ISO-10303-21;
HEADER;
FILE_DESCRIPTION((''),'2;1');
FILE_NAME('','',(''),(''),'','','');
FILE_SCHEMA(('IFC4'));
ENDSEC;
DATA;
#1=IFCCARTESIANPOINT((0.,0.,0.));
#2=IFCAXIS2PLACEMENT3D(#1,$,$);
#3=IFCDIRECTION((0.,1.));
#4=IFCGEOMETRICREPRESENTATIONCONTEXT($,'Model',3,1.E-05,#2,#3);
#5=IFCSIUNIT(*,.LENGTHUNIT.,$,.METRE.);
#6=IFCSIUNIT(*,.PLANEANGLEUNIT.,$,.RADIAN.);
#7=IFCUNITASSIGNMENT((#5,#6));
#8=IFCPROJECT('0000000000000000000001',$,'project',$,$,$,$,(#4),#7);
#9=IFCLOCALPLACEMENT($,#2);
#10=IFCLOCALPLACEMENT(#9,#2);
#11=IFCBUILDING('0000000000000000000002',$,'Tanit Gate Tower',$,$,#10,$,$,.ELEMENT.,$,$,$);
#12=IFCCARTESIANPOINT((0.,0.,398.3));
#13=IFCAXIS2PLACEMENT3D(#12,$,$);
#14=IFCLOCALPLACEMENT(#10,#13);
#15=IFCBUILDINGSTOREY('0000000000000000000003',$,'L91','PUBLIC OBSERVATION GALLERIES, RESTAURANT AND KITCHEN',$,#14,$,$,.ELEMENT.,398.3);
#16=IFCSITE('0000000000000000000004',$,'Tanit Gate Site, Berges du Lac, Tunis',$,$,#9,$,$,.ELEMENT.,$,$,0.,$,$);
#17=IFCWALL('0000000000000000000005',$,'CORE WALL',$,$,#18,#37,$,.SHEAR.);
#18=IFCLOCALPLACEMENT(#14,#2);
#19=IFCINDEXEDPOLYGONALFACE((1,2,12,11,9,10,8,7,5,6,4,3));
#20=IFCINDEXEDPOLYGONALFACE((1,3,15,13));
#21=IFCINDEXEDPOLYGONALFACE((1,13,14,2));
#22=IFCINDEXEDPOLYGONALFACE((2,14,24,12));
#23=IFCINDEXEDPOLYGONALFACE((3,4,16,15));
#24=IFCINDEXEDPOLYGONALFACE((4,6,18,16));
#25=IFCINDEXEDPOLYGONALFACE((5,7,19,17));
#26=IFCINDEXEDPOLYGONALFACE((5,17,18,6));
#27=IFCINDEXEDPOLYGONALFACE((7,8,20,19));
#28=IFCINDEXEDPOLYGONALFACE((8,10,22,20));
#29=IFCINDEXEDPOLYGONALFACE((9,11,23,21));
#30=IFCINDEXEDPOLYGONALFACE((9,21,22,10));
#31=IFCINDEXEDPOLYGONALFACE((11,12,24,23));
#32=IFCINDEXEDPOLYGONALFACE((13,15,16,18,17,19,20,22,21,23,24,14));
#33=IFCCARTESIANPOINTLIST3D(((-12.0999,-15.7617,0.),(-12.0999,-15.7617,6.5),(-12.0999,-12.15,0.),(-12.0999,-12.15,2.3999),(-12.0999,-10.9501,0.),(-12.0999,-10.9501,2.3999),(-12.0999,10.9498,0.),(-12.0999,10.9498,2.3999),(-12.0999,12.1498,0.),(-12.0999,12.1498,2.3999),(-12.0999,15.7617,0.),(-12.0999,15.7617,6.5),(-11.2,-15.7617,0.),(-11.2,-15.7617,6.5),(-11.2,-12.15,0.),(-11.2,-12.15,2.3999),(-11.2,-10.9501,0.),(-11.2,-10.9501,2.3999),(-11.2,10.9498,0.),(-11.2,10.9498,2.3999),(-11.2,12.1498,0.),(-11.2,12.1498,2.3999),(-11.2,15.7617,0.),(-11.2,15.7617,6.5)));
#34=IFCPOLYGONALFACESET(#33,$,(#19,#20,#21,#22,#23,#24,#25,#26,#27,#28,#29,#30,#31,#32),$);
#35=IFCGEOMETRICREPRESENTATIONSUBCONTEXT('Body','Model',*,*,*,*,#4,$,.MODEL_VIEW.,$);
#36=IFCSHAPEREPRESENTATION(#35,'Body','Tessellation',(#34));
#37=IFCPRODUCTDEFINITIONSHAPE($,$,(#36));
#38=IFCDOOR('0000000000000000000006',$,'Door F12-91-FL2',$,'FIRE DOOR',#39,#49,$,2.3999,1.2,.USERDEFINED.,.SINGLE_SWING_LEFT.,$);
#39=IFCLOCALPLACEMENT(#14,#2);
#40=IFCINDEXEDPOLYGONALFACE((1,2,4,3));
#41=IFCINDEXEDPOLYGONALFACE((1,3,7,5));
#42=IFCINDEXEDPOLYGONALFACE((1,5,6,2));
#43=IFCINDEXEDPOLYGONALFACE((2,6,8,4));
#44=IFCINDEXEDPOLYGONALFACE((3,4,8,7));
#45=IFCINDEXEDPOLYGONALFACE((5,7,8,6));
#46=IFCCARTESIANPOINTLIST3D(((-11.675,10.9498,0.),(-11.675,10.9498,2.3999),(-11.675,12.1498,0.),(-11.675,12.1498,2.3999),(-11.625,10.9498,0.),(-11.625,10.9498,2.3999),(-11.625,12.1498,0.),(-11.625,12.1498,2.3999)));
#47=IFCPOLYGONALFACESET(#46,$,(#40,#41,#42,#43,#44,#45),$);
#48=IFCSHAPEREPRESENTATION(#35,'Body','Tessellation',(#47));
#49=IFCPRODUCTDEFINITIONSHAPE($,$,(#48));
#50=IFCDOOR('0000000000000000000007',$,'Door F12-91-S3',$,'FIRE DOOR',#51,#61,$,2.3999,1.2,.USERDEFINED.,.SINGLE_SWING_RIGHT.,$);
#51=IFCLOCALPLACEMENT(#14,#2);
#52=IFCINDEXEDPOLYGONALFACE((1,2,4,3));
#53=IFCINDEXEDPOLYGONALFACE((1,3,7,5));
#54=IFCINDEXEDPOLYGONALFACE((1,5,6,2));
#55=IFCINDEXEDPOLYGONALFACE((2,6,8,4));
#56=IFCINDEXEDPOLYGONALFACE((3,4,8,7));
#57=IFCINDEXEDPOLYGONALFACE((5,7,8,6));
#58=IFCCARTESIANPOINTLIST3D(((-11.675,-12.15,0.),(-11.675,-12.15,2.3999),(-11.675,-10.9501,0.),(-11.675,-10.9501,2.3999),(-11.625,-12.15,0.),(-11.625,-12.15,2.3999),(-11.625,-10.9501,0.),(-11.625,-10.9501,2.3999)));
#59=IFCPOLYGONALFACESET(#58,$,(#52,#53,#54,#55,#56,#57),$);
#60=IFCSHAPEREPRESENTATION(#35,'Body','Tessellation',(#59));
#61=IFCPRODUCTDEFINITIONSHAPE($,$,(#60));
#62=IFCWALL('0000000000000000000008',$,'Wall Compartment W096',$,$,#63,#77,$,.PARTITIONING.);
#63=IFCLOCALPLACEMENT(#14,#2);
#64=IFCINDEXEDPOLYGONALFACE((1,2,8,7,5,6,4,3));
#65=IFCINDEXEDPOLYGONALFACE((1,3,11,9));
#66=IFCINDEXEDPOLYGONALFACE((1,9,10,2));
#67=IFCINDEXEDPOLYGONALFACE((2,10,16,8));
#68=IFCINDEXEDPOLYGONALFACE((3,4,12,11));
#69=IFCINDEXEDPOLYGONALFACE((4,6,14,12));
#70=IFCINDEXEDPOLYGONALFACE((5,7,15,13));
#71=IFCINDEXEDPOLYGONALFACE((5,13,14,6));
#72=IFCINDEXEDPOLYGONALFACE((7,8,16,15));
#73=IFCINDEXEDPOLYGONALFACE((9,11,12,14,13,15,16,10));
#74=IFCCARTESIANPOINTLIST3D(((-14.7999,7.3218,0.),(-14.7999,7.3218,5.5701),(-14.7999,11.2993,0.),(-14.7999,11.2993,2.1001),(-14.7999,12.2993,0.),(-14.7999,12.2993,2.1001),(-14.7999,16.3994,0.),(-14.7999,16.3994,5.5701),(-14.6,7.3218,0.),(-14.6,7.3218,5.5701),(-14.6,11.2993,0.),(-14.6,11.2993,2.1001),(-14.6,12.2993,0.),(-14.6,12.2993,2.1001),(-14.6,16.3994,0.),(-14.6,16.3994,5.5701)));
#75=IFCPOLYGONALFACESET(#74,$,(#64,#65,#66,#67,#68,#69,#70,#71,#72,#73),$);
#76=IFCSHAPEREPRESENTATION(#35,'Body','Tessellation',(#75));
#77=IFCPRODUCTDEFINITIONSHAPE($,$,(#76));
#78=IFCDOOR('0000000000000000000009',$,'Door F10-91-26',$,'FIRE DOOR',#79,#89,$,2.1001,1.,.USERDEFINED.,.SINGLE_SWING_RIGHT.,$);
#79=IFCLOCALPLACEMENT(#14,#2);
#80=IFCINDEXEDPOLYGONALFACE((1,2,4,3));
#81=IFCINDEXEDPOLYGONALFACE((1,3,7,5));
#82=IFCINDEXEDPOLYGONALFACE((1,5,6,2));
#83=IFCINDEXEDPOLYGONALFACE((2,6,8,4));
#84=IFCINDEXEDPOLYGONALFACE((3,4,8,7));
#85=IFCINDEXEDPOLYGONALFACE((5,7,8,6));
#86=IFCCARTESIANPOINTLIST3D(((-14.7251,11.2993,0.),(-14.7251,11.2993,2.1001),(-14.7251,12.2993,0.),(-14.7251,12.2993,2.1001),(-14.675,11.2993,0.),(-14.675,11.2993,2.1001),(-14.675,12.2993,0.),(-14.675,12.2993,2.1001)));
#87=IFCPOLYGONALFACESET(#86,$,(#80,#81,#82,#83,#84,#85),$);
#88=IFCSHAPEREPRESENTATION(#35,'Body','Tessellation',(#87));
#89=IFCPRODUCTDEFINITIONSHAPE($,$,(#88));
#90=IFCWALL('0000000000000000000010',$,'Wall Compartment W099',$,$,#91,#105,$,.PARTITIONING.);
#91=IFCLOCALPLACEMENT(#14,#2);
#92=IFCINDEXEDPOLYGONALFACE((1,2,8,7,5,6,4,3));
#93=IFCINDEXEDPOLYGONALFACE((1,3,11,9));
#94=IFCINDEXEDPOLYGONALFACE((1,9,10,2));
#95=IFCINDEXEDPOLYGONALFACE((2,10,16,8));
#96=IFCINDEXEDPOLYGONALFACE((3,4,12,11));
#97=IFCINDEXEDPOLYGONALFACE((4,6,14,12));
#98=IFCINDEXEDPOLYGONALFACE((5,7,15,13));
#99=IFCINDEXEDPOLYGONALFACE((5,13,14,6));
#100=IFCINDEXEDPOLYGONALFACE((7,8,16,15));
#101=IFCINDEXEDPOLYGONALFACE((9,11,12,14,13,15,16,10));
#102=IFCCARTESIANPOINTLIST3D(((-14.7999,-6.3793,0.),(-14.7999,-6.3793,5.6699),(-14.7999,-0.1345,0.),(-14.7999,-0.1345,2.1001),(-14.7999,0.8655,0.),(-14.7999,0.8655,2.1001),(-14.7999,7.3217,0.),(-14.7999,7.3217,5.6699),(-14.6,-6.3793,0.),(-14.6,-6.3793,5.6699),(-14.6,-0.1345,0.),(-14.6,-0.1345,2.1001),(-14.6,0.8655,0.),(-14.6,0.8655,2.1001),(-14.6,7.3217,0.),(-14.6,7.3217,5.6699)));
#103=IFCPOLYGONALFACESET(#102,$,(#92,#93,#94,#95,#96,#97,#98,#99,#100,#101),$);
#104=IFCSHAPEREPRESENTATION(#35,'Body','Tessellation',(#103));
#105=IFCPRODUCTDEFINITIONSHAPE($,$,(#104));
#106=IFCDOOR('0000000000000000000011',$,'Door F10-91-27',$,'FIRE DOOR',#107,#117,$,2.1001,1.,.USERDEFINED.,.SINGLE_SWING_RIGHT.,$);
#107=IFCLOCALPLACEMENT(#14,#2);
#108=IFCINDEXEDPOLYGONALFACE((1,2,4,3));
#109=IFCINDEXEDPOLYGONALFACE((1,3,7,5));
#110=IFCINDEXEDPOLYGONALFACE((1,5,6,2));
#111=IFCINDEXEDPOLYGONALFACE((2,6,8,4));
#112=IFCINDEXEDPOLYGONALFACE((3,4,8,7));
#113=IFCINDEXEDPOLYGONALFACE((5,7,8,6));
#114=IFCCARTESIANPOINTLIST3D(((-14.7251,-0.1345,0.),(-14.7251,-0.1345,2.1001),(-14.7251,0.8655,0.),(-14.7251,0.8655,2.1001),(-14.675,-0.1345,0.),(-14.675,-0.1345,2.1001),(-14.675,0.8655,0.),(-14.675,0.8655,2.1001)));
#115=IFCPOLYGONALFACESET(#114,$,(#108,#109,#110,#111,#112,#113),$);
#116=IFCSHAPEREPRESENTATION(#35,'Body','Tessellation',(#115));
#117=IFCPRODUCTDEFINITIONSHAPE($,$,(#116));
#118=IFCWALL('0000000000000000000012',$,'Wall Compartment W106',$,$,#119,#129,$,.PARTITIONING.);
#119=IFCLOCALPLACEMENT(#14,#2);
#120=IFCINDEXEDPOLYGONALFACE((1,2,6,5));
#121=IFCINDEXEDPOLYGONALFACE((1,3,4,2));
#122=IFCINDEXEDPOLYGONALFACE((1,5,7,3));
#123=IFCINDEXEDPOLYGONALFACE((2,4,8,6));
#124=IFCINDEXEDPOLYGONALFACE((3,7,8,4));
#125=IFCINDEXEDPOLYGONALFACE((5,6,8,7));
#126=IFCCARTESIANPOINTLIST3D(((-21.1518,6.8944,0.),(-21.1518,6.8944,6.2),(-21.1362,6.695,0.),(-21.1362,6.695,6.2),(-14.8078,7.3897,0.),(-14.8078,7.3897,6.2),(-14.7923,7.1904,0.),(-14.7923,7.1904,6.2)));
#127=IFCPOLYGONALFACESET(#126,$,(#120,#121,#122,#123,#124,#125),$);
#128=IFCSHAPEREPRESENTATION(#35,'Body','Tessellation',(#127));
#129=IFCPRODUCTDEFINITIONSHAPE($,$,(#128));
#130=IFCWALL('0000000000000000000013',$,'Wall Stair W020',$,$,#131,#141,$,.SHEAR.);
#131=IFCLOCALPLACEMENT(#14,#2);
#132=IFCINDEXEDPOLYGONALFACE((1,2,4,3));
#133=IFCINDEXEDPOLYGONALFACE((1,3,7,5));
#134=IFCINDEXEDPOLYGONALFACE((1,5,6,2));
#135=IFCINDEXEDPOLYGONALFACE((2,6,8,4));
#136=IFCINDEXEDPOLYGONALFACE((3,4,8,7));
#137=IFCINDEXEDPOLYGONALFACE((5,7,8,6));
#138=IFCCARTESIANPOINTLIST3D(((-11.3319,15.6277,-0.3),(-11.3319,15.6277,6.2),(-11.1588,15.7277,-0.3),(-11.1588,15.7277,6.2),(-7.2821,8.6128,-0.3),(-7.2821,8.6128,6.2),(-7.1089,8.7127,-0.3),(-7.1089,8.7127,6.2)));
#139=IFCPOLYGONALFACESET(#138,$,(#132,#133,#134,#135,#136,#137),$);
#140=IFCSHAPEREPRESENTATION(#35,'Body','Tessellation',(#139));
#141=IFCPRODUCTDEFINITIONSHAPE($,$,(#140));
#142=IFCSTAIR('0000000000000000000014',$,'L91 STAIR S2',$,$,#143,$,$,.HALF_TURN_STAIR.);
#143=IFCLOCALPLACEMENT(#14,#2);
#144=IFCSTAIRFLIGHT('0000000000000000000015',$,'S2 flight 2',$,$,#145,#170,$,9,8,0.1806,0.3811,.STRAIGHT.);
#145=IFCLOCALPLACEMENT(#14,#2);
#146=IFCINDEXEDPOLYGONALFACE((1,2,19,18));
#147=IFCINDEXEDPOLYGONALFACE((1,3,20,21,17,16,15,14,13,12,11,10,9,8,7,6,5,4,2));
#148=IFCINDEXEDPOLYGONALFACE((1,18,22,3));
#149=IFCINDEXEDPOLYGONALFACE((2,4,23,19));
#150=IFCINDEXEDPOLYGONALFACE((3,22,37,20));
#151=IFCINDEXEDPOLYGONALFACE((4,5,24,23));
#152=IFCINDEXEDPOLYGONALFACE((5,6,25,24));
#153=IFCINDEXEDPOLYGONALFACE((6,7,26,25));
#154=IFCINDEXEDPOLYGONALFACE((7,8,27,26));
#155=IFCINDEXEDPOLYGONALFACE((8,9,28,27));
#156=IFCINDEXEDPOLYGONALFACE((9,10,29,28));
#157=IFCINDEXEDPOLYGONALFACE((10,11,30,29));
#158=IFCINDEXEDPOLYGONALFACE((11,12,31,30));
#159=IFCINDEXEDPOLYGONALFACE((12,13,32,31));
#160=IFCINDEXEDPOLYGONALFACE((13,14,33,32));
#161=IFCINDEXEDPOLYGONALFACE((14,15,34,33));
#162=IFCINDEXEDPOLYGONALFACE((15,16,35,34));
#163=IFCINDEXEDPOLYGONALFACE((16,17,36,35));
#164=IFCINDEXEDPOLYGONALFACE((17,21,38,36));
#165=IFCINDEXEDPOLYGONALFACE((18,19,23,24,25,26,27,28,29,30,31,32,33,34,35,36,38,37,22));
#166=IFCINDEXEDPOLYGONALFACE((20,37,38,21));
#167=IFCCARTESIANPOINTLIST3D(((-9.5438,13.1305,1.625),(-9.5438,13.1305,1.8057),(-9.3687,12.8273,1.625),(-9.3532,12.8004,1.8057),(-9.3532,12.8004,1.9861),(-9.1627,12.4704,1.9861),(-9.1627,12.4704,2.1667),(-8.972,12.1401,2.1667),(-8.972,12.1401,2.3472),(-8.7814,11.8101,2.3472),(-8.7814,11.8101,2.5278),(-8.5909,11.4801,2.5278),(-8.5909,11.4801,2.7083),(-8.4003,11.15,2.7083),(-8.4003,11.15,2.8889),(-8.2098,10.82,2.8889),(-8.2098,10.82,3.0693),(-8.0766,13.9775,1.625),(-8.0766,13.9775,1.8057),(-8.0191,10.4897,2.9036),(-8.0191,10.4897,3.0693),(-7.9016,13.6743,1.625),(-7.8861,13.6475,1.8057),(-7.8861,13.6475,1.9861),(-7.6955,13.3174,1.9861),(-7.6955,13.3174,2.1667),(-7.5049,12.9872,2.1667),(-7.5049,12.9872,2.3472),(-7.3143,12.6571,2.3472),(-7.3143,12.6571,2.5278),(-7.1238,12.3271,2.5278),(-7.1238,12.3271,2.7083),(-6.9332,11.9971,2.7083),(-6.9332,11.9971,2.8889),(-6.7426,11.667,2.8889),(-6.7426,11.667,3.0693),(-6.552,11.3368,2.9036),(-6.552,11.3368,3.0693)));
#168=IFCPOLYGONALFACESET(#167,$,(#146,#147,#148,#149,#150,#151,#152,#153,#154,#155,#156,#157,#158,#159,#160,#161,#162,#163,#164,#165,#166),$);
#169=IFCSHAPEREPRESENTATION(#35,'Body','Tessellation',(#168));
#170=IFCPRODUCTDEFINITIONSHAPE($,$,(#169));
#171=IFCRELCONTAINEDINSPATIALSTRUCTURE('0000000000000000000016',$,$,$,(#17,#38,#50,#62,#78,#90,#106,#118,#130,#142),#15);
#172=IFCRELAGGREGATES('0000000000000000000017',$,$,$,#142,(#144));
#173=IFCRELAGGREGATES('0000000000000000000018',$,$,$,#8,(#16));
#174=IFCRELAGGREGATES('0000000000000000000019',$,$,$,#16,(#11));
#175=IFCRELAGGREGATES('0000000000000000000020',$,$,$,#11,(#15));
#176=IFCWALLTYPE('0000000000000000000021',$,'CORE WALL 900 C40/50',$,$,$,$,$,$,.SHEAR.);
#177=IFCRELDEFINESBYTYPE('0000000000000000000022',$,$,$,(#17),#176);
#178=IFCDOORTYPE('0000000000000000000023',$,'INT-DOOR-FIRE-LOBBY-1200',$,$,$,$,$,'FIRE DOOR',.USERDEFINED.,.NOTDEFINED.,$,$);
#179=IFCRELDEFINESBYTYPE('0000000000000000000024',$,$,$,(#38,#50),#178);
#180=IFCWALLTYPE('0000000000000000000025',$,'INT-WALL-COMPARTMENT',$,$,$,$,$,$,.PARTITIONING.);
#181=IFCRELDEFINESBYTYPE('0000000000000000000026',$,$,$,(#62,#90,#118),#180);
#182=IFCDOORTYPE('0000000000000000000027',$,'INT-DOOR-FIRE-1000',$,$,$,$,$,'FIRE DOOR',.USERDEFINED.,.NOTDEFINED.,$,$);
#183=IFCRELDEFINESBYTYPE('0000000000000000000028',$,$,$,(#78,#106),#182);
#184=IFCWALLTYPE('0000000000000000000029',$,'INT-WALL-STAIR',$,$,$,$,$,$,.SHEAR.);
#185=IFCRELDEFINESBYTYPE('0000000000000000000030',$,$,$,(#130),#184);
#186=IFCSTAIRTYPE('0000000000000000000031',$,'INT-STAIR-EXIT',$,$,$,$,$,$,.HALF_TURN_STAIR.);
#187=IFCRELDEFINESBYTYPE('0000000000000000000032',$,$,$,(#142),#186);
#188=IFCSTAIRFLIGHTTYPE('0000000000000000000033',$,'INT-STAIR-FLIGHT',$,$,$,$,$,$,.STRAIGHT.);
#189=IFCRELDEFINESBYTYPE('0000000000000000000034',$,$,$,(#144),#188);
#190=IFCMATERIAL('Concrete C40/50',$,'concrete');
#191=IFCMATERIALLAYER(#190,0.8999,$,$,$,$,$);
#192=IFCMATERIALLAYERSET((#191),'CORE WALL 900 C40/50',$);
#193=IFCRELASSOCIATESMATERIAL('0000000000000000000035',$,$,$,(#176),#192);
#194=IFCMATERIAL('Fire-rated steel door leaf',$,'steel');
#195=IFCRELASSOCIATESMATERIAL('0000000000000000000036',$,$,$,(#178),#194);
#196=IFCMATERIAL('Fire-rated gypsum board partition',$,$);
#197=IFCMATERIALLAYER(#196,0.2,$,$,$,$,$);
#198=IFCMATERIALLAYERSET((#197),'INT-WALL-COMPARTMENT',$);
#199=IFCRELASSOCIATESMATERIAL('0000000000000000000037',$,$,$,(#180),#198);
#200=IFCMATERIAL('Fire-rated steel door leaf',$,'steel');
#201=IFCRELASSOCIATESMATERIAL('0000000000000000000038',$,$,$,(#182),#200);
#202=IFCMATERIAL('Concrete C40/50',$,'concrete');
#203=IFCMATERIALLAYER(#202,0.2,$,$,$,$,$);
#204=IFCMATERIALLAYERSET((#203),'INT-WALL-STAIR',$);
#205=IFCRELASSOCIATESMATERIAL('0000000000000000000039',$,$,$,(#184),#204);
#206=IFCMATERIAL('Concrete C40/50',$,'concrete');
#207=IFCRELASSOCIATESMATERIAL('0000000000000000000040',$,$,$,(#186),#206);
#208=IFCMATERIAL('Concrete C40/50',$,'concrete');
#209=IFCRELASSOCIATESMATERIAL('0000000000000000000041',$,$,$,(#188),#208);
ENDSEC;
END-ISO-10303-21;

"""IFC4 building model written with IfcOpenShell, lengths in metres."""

from ifc_helpers import new_model, si_unit, direction, frame, frame_2d, origin, place, context, subcontext, project, spatial, polyline, rectangle, outline, extrude, material, layer, layer_set, type_object, element, fill, aggregate, save


model = new_model("IFC4")

# Units and contexts
model_context = context("Model", 3, precision=1e-05, world=origin(), true_north=direction((0.0, 1.0)))
body_context = subcontext(model_context, "Body", "Model", "MODEL_VIEW")
ifc_project = project(units=[si_unit("LENGTHUNIT", "METRE"), si_unit("PLANEANGLEUNIT", "RADIAN")], contexts=[model_context])

# Site, building, storey
site_placement = place(None, origin())
site = spatial("IfcSite", under=ifc_project, at=site_placement, Name="Tanit Gate Site, Berges du Lac, Tunis", CompositionType="ELEMENT", RefElevation=0.0)
building_placement = place(site_placement, origin())
building = spatial("IfcBuilding", under=site, at=building_placement, Name="Tanit Gate Tower", CompositionType="ELEMENT")
storey_placement = place(building_placement, frame((0.0, 0.0, 398.3)))
storey = spatial("IfcBuildingStorey", under=building, at=storey_placement, Name="L91", Description="PUBLIC OBSERVATION GALLERIES, RESTAURANT AND KITCHEN", CompositionType="ELEMENT", Elevation=398.3)

# Wall, openings, doors
ifc_material_1 = material(Name="Concrete C40/50", Category="concrete")
ifc_layer_1 = layer(ifc_material_1, 0.8999)
ifc_layer_set_1 = layer_set([ifc_layer_1], Name="CORE WALL 900 C40/50")
wall_type_1 = type_object("IfcWallType", Name="CORE WALL 900 C40/50", PredefinedType="SHEAR", material=ifc_layer_set_1)
wall_1_placement = place(storey_placement, frame((-11.6499, 15.7617, 0.0), z_axis=(0.0, 0.0, 1.0), x_axis=(0.0, -1.0, 0.0)))
wall_1 = element("IfcWall", 1, at=wall_1_placement, inside=storey, type_object=wall_type_1, Name="CORE WALL", PredefinedType="SHEAR", context=body_context, shape_type="SweptSolid", body=[
    extrude(rectangle(XDim=31.5234, YDim=0.8999, at=frame_2d((15.7617, 0.0))), origin(), (0.0, 0.0, 1.0), 6.5),
])
opening_1_placement = place(wall_1_placement, frame((3.6118, 0.0, 0.0)))
opening_1 = element("IfcOpeningElement", 2, at=opening_1_placement, cuts=wall_1, PredefinedType="OPENING", context=body_context, shape_type="SweptSolid", body=[
    extrude(rectangle(XDim=1.2, YDim=2.3999, at=frame_2d((0.6001, 1.2))), frame((0.0, 0.46, 0.0), z_axis=(0.0, -1.0, 0.0), x_axis=(1.0, 0.0, 0.0)), (0.0, 0.0, 1.0), 0.9199),
])
opening_2_placement = place(wall_1_placement, frame((26.7117, 0.0, 0.0)))
opening_2 = element("IfcOpeningElement", 3, at=opening_2_placement, cuts=wall_1, PredefinedType="OPENING", context=body_context, shape_type="SweptSolid", body=[
    extrude(rectangle(XDim=1.2, YDim=2.3999, at=frame_2d((0.6001, 1.2))), frame((0.0, 0.46, 0.0), z_axis=(0.0, -1.0, 0.0), x_axis=(1.0, 0.0, 0.0)), (0.0, 0.0, 1.0), 0.9199),
])
ifc_material_2 = material(Name="Fire-rated steel door leaf", Category="steel")
door_type_1 = type_object("IfcDoorType", Name="INT-DOOR-FIRE-LOBBY-1200", ElementType="FIRE DOOR", OperationType="NOTDEFINED", PredefinedType="USERDEFINED", material=ifc_material_2)
door_1_placement = place(opening_1_placement, origin())
door_1 = element("IfcDoor", 4, at=door_1_placement, inside=storey, type_object=door_type_1, Name="Door F12-91-FL2", ObjectType="FIRE DOOR", OperationType="SINGLE_SWING_LEFT", OverallHeight=2.3999, OverallWidth=1.2, PredefinedType="USERDEFINED", context=body_context, shape_type="SweptSolid", body=[
    extrude(rectangle(XDim=1.2, YDim=2.3999, at=frame_2d((0.6001, 1.2))), frame((0.0, 0.0249, 0.0), z_axis=(0.0, -1.0, 0.0), x_axis=(1.0, 0.0, 0.0)), (0.0, 0.0, 1.0), 0.05),
])
fill(opening_1, door_1)
door_2_placement = place(opening_2_placement, origin())
door_2 = element("IfcDoor", 5, at=door_2_placement, inside=storey, type_object=door_type_1, Name="Door F12-91-S3", ObjectType="FIRE DOOR", OperationType="SINGLE_SWING_RIGHT", OverallHeight=2.3999, OverallWidth=1.2, PredefinedType="USERDEFINED", context=body_context, shape_type="SweptSolid", body=[
    extrude(rectangle(XDim=1.2, YDim=2.3999, at=frame_2d((0.6001, 1.2))), frame((0.0, 0.0249, 0.0), z_axis=(0.0, -1.0, 0.0), x_axis=(1.0, 0.0, 0.0)), (0.0, 0.0, 1.0), 0.05),
])
fill(opening_2, door_2)

# Walls, openings, doors
ifc_material_3 = material(Name="Fire-rated gypsum board partition")
ifc_layer_2 = layer(ifc_material_3, 0.2)
ifc_layer_set_2 = layer_set([ifc_layer_2], Name="INT-WALL-COMPARTMENT")
wall_type_2 = type_object("IfcWallType", Name="INT-WALL-COMPARTMENT", PredefinedType="PARTITIONING", material=ifc_layer_set_2)
wall_2_placement = place(storey_placement, frame((-14.7, 16.3994, 0.0), z_axis=(0.0, 0.0, 1.0), x_axis=(0.0, -1.0, 0.0)))
wall_2 = element("IfcWall", 6, at=wall_2_placement, inside=storey, type_object=wall_type_2, Name="Wall Compartment W096", PredefinedType="PARTITIONING", context=body_context, shape_type="SweptSolid", body=[
    extrude(rectangle(XDim=9.0776, YDim=0.2, at=frame_2d((4.5388, 0.0))), origin(), (0.0, 0.0, 1.0), 5.5701),
])
opening_3_placement = place(wall_2_placement, frame((4.1001, 0.0, 0.0)))
opening_3 = element("IfcOpeningElement", 7, at=opening_3_placement, cuts=wall_2, PredefinedType="OPENING", context=body_context, shape_type="SweptSolid", body=[
    extrude(rectangle(XDim=1.0, YDim=2.1001, at=frame_2d((0.5, 1.05))), frame((0.0, 0.1099, 0.0), z_axis=(0.0, -1.0, 0.0), x_axis=(1.0, 0.0, 0.0)), (0.0, 0.0, 1.0), 0.22),
])
ifc_material_4 = material(Name="Fire-rated steel door leaf", Category="steel")
door_type_2 = type_object("IfcDoorType", Name="INT-DOOR-FIRE-1000", ElementType="FIRE DOOR", OperationType="NOTDEFINED", PredefinedType="USERDEFINED", material=ifc_material_4)
door_3_placement = place(opening_3_placement, origin())
door_3 = element("IfcDoor", 8, at=door_3_placement, inside=storey, type_object=door_type_2, Name="Door F10-91-26", ObjectType="FIRE DOOR", OperationType="SINGLE_SWING_RIGHT", OverallHeight=2.1001, OverallWidth=1.0, PredefinedType="USERDEFINED", context=body_context, shape_type="SweptSolid", body=[
    extrude(rectangle(XDim=1.0, YDim=2.1001, at=frame_2d((0.5, 1.05))), frame((0.0, 0.0249, 0.0), z_axis=(0.0, -1.0, 0.0), x_axis=(1.0, 0.0, 0.0)), (0.0, 0.0, 1.0), 0.05),
])
fill(opening_3, door_3)
wall_3_placement = place(storey_placement, frame((-14.7, 7.3218, 0.0), z_axis=(0.0, 0.0, 1.0), x_axis=(0.0, -1.0, 0.0)))
wall_3 = element("IfcWall", 9, at=wall_3_placement, inside=storey, type_object=wall_type_2, Name="Wall Compartment W099", PredefinedType="PARTITIONING", context=body_context, shape_type="SweptSolid", body=[
    extrude(rectangle(XDim=13.7009, YDim=0.2, at=frame_2d((6.8506, 0.0))), origin(), (0.0, 0.0, 1.0), 5.6699),
])
opening_4_placement = place(wall_3_placement, frame((6.4563, 0.0, 0.0)))
opening_4 = element("IfcOpeningElement", 10, at=opening_4_placement, cuts=wall_3, PredefinedType="OPENING", context=body_context, shape_type="SweptSolid", body=[
    extrude(rectangle(XDim=1.0, YDim=2.1001, at=frame_2d((0.5, 1.05))), frame((0.0, 0.1099, 0.0), z_axis=(0.0, -1.0, 0.0), x_axis=(1.0, 0.0, 0.0)), (0.0, 0.0, 1.0), 0.22),
])
door_4_placement = place(opening_4_placement, origin())
door_4 = element("IfcDoor", 11, at=door_4_placement, inside=storey, type_object=door_type_2, Name="Door F10-91-27", ObjectType="FIRE DOOR", OperationType="SINGLE_SWING_RIGHT", OverallHeight=2.1001, OverallWidth=1.0, PredefinedType="USERDEFINED", context=body_context, shape_type="SweptSolid", body=[
    extrude(rectangle(XDim=1.0, YDim=2.1001, at=frame_2d((0.5, 1.05))), frame((0.0, 0.0249, 0.0), z_axis=(0.0, -1.0, 0.0), x_axis=(1.0, 0.0, 0.0)), (0.0, 0.0, 1.0), 0.05),
])
fill(opening_4, door_4)

# Walls
wall_4_placement = place(storey_placement, frame((-14.8, 7.29, 0.0), z_axis=(0.0, 0.0, 1.0), x_axis=(-0.996965, -0.077847, 0.0)))
element("IfcWall", 12, at=wall_4_placement, inside=storey, type_object=wall_type_2, Name="Wall Compartment W106", PredefinedType="PARTITIONING", context=body_context, shape_type="SweptSolid", body=[
    extrude(rectangle(XDim=6.3633, YDim=0.2, at=frame_2d((3.1816, 0.0))), origin(), (0.0, 0.0, 1.0), 6.2),
])
ifc_material_5 = material(Name="Concrete C40/50", Category="concrete")
ifc_layer_3 = layer(ifc_material_5, 0.2)
ifc_layer_set_3 = layer_set([ifc_layer_3], Name="INT-WALL-STAIR")
wall_type_3 = type_object("IfcWallType", Name="INT-WALL-STAIR", PredefinedType="SHEAR", material=ifc_layer_set_3)
wall_5_placement = place(storey_placement, frame((-11.2454, 15.6777, -0.3), z_axis=(0.0, 0.0, 1.0), x_axis=(0.499977, -0.866039, 0.0)))
element("IfcWall", 13, at=wall_5_placement, inside=storey, type_object=wall_type_3, Name="Wall Stair W020", PredefinedType="SHEAR", context=body_context, shape_type="SweptSolid", body=[
    extrude(rectangle(XDim=8.1001, YDim=0.2, at=frame_2d((4.05, 0.0))), origin(), (0.0, 0.0, 1.0), 6.5),
])

# Stair, stair flight
ifc_material_6 = material(Name="Concrete C40/50", Category="concrete")
stair_type = type_object("IfcStairType", Name="INT-STAIR-EXIT", PredefinedType="HALF_TURN_STAIR", material=ifc_material_6)
stair_placement = place(storey_placement, origin())
stair = element("IfcStair", 14, at=stair_placement, inside=storey, type_object=stair_type, Name="L91 STAIR S2", PredefinedType="HALF_TURN_STAIR")
ifc_material_7 = material(Name="Concrete C40/50", Category="concrete")
stair_flight_type = type_object("IfcStairFlightType", Name="INT-STAIR-FLIGHT", PredefinedType="STRAIGHT", material=ifc_material_7)
stair_flight_placement = place(storey_placement, frame((-8.8103, 13.554, 1.625), z_axis=(0.0, 0.0, 1.0), x_axis=(0.5, -0.866025, 0.0)))
stair_flight = element("IfcStairFlight", 15, at=stair_flight_placement, type_object=stair_flight_type, Name="S2 flight 2", NumberOfRisers=9, NumberOfTreads=8, PredefinedType="STRAIGHT", RiserHeight=0.1806, TreadLength=0.3811, context=body_context, shape_type="SweptSolid", body=[
    extrude(outline(polyline([(0.0, 0.0), (0.0, 0.1807), (0.3811, 0.1807), (0.3811, 0.3611), (0.7622, 0.3611), (0.7622, 0.5417), (1.1436, 0.5417), (1.1436, 0.7222), (1.5247, 0.7222), (1.5247, 0.9028), (1.9058, 0.9028), (1.9058, 1.0833), (2.2869, 1.0833), (2.2869, 1.2639), (2.668, 1.2639), (2.668, 1.4443), (3.0493, 1.4443), (3.0493, 1.625), (3.0493, 1.2786), (0.3501, 0.0), (0.0, 0.0)])), frame((0.0, 0.8472, 0.0), z_axis=(0.0, -1.0, 0.0), x_axis=(1.0, 0.0, 0.0)), (0.0, 0.0, 1.0), 1.6941),
])
aggregate(stair, [stair_flight])

save(model, "model.ifc")
